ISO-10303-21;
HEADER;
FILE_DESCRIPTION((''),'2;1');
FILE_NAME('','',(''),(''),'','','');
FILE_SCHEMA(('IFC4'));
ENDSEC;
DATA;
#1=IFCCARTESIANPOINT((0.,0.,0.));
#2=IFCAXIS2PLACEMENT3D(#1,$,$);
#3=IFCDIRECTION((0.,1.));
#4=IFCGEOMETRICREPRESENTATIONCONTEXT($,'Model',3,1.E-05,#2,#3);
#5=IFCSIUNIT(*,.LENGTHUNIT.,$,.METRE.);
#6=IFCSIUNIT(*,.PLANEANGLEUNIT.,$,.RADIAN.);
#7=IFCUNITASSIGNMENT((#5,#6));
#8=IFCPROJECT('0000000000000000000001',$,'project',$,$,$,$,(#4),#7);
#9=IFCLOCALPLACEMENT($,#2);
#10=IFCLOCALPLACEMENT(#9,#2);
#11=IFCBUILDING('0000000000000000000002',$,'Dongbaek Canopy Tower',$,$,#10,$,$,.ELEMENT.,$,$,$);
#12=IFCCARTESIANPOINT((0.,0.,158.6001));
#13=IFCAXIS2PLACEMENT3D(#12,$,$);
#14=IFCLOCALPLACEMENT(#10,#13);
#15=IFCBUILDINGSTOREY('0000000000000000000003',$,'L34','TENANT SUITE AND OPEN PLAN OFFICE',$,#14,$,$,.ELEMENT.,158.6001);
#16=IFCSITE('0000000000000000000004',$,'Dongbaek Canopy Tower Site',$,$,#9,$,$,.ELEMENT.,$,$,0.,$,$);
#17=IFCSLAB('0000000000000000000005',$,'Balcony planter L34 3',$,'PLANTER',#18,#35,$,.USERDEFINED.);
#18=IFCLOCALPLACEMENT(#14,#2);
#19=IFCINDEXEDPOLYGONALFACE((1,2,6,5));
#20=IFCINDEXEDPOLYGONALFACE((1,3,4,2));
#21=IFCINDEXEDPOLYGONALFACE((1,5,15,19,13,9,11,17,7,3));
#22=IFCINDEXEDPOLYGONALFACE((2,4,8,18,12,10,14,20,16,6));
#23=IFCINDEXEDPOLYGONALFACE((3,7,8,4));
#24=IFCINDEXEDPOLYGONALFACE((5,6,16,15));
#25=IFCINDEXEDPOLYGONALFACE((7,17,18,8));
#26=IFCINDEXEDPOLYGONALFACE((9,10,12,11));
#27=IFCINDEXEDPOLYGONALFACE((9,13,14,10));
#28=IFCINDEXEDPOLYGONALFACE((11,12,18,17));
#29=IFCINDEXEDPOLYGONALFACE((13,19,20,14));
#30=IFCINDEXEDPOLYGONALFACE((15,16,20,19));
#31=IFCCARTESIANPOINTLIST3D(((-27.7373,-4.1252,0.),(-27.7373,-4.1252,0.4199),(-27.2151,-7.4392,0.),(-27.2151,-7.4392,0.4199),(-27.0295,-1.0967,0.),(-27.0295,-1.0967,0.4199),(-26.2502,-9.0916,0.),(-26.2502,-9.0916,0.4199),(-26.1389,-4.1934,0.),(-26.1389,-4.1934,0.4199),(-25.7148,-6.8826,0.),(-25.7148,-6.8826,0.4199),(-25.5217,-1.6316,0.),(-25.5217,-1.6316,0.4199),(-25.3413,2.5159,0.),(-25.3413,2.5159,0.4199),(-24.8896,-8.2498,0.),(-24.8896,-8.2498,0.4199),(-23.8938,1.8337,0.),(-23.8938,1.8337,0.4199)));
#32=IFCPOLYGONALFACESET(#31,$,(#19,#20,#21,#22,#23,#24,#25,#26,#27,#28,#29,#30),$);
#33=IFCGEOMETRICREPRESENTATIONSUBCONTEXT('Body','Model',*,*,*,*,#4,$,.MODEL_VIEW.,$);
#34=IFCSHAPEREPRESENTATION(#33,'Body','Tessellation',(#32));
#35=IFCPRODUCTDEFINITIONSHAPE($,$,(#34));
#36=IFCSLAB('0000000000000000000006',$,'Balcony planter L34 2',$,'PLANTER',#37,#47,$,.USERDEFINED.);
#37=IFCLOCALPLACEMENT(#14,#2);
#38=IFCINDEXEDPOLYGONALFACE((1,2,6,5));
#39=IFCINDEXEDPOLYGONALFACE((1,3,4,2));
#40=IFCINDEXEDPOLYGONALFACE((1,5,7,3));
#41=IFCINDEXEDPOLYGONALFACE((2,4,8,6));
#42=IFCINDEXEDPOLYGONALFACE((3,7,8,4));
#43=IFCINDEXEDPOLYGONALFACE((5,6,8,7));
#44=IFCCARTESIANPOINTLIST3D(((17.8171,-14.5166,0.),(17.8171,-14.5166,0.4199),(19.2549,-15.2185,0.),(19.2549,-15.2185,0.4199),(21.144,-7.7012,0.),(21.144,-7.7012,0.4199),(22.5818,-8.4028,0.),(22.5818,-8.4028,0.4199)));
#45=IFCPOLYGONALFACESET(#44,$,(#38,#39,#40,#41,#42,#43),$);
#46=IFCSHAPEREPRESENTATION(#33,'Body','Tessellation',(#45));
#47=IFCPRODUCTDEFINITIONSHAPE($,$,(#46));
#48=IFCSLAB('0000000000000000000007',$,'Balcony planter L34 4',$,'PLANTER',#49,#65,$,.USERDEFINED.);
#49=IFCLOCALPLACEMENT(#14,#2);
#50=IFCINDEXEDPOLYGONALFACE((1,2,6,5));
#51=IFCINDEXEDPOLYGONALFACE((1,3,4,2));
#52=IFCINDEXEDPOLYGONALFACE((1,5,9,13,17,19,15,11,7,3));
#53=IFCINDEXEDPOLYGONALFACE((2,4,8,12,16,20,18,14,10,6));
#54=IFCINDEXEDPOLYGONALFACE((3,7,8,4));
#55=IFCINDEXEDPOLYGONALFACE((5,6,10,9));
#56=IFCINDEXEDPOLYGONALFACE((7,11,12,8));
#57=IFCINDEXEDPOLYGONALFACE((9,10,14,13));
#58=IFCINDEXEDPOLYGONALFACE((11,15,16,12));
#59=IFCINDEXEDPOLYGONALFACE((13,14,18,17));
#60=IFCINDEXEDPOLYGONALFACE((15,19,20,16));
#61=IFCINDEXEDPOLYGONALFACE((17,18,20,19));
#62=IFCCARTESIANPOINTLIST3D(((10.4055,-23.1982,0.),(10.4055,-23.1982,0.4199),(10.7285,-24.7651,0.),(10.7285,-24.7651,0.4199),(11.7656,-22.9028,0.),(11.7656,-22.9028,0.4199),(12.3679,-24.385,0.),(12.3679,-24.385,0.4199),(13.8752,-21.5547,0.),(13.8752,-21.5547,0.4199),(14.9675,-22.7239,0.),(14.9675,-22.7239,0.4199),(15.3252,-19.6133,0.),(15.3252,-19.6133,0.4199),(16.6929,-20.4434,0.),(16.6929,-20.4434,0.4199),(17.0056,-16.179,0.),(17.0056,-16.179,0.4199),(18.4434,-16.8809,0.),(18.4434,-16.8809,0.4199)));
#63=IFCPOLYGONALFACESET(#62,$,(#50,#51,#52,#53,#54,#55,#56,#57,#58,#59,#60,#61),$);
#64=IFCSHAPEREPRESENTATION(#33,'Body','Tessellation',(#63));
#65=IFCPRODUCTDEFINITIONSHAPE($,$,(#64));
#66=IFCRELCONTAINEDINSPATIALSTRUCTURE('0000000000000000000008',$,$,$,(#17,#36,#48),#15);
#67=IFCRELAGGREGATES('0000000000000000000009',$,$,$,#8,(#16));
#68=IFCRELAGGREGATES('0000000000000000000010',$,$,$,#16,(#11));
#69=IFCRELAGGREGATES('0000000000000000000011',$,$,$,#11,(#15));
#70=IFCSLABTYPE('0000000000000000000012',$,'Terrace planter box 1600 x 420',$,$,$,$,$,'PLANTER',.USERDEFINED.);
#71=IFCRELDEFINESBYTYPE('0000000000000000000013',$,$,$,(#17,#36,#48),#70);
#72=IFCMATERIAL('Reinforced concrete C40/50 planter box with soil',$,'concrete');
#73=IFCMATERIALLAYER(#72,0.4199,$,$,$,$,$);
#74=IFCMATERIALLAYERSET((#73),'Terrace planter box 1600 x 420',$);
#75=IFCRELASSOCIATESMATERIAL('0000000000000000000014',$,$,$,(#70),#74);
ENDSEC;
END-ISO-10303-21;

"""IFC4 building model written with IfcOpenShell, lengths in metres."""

from ifc_helpers import new_model, si_unit, direction, frame, origin, place, context, subcontext, project, spatial, polyline, outline, extrude, material, layer, layer_set, type_object, element, save


model = new_model("IFC4")

# Units and contexts
model_context = context("Model", 3, precision=1e-05, world=origin(), true_north=direction((0.0, 1.0)))
body_context = subcontext(model_context, "Body", "Model", "MODEL_VIEW")
ifc_project = project(units=[si_unit("LENGTHUNIT", "METRE"), si_unit("PLANEANGLEUNIT", "RADIAN")], contexts=[model_context])

# Site, building, storey
site_placement = place(None, origin())
site = spatial("IfcSite", under=ifc_project, at=site_placement, Name="Dongbaek Canopy Tower Site", CompositionType="ELEMENT", RefElevation=0.0)
building_placement = place(site_placement, origin())
building = spatial("IfcBuilding", under=site, at=building_placement, Name="Dongbaek Canopy Tower", CompositionType="ELEMENT")
storey_placement = place(building_placement, frame((0.0, 0.0, 158.6001)))
storey = spatial("IfcBuildingStorey", under=building, at=storey_placement, Name="L34", Description="TENANT SUITE AND OPEN PLAN OFFICE", CompositionType="ELEMENT", Elevation=158.6001)

# Slabs
ifc_material_1 = material(Name="Reinforced concrete C40/50 planter box with soil", Category="concrete")
ifc_layer_1 = layer(ifc_material_1, 0.4199)
ifc_layer_set_1 = layer_set([ifc_layer_1], Name="Terrace planter box 1600 x 420")
slab_type_1 = type_object("IfcSlabType", Name="Terrace planter box 1600 x 420", ElementType="PLANTER", PredefinedType="USERDEFINED", material=ifc_layer_set_1)
slab_1_placement = place(storey_placement, origin())
element("IfcSlab", 1, at=slab_1_placement, inside=storey, type_object=slab_type_1, Name="Balcony planter L34 3", ObjectType="PLANTER", PredefinedType="USERDEFINED", context=body_context, shape_type="SweptSolid", body=[
    extrude(outline(polyline([(-23.8938, 1.8337), (-25.5217, -1.6316), (-26.1389, -4.1934), (-25.7148, -6.8826), (-24.8896, -8.2498), (-26.2502, -9.0916), (-27.2151, -7.4392), (-27.7373, -4.1252), (-27.0295, -1.0967), (-25.3413, 2.5159), (-23.8938, 1.8337)])), origin(), (0.0, 0.0, 1.0), 0.4199),
])
slab_2_placement = place(storey_placement, origin())
element("IfcSlab", 2, at=slab_2_placement, inside=storey, type_object=slab_type_1, Name="Balcony planter L34 2", ObjectType="PLANTER", PredefinedType="USERDEFINED", context=body_context, shape_type="SweptSolid", body=[
    extrude(outline(polyline([(17.8171, -14.5166), (21.144, -7.7012), (22.5818, -8.4028), (19.2549, -15.2185), (17.8171, -14.5166)])), origin(), (0.0, 0.0, 1.0), 0.4199),
])
slab_3_placement = place(storey_placement, origin())
element("IfcSlab", 3, at=slab_3_placement, inside=storey, type_object=slab_type_1, Name="Balcony planter L34 4", ObjectType="PLANTER", PredefinedType="USERDEFINED", context=body_context, shape_type="SweptSolid", body=[
    extrude(outline(polyline([(10.4055, -23.1982), (11.7656, -22.9028), (13.8752, -21.5547), (15.3252, -19.6133), (17.0056, -16.179), (18.4434, -16.8809), (16.6929, -20.4434), (14.9675, -22.7239), (12.3679, -24.385), (10.7285, -24.7651), (10.4055, -23.1982)])), origin(), (0.0, 0.0, 1.0), 0.4199),
])

save(model, "model.ifc")
